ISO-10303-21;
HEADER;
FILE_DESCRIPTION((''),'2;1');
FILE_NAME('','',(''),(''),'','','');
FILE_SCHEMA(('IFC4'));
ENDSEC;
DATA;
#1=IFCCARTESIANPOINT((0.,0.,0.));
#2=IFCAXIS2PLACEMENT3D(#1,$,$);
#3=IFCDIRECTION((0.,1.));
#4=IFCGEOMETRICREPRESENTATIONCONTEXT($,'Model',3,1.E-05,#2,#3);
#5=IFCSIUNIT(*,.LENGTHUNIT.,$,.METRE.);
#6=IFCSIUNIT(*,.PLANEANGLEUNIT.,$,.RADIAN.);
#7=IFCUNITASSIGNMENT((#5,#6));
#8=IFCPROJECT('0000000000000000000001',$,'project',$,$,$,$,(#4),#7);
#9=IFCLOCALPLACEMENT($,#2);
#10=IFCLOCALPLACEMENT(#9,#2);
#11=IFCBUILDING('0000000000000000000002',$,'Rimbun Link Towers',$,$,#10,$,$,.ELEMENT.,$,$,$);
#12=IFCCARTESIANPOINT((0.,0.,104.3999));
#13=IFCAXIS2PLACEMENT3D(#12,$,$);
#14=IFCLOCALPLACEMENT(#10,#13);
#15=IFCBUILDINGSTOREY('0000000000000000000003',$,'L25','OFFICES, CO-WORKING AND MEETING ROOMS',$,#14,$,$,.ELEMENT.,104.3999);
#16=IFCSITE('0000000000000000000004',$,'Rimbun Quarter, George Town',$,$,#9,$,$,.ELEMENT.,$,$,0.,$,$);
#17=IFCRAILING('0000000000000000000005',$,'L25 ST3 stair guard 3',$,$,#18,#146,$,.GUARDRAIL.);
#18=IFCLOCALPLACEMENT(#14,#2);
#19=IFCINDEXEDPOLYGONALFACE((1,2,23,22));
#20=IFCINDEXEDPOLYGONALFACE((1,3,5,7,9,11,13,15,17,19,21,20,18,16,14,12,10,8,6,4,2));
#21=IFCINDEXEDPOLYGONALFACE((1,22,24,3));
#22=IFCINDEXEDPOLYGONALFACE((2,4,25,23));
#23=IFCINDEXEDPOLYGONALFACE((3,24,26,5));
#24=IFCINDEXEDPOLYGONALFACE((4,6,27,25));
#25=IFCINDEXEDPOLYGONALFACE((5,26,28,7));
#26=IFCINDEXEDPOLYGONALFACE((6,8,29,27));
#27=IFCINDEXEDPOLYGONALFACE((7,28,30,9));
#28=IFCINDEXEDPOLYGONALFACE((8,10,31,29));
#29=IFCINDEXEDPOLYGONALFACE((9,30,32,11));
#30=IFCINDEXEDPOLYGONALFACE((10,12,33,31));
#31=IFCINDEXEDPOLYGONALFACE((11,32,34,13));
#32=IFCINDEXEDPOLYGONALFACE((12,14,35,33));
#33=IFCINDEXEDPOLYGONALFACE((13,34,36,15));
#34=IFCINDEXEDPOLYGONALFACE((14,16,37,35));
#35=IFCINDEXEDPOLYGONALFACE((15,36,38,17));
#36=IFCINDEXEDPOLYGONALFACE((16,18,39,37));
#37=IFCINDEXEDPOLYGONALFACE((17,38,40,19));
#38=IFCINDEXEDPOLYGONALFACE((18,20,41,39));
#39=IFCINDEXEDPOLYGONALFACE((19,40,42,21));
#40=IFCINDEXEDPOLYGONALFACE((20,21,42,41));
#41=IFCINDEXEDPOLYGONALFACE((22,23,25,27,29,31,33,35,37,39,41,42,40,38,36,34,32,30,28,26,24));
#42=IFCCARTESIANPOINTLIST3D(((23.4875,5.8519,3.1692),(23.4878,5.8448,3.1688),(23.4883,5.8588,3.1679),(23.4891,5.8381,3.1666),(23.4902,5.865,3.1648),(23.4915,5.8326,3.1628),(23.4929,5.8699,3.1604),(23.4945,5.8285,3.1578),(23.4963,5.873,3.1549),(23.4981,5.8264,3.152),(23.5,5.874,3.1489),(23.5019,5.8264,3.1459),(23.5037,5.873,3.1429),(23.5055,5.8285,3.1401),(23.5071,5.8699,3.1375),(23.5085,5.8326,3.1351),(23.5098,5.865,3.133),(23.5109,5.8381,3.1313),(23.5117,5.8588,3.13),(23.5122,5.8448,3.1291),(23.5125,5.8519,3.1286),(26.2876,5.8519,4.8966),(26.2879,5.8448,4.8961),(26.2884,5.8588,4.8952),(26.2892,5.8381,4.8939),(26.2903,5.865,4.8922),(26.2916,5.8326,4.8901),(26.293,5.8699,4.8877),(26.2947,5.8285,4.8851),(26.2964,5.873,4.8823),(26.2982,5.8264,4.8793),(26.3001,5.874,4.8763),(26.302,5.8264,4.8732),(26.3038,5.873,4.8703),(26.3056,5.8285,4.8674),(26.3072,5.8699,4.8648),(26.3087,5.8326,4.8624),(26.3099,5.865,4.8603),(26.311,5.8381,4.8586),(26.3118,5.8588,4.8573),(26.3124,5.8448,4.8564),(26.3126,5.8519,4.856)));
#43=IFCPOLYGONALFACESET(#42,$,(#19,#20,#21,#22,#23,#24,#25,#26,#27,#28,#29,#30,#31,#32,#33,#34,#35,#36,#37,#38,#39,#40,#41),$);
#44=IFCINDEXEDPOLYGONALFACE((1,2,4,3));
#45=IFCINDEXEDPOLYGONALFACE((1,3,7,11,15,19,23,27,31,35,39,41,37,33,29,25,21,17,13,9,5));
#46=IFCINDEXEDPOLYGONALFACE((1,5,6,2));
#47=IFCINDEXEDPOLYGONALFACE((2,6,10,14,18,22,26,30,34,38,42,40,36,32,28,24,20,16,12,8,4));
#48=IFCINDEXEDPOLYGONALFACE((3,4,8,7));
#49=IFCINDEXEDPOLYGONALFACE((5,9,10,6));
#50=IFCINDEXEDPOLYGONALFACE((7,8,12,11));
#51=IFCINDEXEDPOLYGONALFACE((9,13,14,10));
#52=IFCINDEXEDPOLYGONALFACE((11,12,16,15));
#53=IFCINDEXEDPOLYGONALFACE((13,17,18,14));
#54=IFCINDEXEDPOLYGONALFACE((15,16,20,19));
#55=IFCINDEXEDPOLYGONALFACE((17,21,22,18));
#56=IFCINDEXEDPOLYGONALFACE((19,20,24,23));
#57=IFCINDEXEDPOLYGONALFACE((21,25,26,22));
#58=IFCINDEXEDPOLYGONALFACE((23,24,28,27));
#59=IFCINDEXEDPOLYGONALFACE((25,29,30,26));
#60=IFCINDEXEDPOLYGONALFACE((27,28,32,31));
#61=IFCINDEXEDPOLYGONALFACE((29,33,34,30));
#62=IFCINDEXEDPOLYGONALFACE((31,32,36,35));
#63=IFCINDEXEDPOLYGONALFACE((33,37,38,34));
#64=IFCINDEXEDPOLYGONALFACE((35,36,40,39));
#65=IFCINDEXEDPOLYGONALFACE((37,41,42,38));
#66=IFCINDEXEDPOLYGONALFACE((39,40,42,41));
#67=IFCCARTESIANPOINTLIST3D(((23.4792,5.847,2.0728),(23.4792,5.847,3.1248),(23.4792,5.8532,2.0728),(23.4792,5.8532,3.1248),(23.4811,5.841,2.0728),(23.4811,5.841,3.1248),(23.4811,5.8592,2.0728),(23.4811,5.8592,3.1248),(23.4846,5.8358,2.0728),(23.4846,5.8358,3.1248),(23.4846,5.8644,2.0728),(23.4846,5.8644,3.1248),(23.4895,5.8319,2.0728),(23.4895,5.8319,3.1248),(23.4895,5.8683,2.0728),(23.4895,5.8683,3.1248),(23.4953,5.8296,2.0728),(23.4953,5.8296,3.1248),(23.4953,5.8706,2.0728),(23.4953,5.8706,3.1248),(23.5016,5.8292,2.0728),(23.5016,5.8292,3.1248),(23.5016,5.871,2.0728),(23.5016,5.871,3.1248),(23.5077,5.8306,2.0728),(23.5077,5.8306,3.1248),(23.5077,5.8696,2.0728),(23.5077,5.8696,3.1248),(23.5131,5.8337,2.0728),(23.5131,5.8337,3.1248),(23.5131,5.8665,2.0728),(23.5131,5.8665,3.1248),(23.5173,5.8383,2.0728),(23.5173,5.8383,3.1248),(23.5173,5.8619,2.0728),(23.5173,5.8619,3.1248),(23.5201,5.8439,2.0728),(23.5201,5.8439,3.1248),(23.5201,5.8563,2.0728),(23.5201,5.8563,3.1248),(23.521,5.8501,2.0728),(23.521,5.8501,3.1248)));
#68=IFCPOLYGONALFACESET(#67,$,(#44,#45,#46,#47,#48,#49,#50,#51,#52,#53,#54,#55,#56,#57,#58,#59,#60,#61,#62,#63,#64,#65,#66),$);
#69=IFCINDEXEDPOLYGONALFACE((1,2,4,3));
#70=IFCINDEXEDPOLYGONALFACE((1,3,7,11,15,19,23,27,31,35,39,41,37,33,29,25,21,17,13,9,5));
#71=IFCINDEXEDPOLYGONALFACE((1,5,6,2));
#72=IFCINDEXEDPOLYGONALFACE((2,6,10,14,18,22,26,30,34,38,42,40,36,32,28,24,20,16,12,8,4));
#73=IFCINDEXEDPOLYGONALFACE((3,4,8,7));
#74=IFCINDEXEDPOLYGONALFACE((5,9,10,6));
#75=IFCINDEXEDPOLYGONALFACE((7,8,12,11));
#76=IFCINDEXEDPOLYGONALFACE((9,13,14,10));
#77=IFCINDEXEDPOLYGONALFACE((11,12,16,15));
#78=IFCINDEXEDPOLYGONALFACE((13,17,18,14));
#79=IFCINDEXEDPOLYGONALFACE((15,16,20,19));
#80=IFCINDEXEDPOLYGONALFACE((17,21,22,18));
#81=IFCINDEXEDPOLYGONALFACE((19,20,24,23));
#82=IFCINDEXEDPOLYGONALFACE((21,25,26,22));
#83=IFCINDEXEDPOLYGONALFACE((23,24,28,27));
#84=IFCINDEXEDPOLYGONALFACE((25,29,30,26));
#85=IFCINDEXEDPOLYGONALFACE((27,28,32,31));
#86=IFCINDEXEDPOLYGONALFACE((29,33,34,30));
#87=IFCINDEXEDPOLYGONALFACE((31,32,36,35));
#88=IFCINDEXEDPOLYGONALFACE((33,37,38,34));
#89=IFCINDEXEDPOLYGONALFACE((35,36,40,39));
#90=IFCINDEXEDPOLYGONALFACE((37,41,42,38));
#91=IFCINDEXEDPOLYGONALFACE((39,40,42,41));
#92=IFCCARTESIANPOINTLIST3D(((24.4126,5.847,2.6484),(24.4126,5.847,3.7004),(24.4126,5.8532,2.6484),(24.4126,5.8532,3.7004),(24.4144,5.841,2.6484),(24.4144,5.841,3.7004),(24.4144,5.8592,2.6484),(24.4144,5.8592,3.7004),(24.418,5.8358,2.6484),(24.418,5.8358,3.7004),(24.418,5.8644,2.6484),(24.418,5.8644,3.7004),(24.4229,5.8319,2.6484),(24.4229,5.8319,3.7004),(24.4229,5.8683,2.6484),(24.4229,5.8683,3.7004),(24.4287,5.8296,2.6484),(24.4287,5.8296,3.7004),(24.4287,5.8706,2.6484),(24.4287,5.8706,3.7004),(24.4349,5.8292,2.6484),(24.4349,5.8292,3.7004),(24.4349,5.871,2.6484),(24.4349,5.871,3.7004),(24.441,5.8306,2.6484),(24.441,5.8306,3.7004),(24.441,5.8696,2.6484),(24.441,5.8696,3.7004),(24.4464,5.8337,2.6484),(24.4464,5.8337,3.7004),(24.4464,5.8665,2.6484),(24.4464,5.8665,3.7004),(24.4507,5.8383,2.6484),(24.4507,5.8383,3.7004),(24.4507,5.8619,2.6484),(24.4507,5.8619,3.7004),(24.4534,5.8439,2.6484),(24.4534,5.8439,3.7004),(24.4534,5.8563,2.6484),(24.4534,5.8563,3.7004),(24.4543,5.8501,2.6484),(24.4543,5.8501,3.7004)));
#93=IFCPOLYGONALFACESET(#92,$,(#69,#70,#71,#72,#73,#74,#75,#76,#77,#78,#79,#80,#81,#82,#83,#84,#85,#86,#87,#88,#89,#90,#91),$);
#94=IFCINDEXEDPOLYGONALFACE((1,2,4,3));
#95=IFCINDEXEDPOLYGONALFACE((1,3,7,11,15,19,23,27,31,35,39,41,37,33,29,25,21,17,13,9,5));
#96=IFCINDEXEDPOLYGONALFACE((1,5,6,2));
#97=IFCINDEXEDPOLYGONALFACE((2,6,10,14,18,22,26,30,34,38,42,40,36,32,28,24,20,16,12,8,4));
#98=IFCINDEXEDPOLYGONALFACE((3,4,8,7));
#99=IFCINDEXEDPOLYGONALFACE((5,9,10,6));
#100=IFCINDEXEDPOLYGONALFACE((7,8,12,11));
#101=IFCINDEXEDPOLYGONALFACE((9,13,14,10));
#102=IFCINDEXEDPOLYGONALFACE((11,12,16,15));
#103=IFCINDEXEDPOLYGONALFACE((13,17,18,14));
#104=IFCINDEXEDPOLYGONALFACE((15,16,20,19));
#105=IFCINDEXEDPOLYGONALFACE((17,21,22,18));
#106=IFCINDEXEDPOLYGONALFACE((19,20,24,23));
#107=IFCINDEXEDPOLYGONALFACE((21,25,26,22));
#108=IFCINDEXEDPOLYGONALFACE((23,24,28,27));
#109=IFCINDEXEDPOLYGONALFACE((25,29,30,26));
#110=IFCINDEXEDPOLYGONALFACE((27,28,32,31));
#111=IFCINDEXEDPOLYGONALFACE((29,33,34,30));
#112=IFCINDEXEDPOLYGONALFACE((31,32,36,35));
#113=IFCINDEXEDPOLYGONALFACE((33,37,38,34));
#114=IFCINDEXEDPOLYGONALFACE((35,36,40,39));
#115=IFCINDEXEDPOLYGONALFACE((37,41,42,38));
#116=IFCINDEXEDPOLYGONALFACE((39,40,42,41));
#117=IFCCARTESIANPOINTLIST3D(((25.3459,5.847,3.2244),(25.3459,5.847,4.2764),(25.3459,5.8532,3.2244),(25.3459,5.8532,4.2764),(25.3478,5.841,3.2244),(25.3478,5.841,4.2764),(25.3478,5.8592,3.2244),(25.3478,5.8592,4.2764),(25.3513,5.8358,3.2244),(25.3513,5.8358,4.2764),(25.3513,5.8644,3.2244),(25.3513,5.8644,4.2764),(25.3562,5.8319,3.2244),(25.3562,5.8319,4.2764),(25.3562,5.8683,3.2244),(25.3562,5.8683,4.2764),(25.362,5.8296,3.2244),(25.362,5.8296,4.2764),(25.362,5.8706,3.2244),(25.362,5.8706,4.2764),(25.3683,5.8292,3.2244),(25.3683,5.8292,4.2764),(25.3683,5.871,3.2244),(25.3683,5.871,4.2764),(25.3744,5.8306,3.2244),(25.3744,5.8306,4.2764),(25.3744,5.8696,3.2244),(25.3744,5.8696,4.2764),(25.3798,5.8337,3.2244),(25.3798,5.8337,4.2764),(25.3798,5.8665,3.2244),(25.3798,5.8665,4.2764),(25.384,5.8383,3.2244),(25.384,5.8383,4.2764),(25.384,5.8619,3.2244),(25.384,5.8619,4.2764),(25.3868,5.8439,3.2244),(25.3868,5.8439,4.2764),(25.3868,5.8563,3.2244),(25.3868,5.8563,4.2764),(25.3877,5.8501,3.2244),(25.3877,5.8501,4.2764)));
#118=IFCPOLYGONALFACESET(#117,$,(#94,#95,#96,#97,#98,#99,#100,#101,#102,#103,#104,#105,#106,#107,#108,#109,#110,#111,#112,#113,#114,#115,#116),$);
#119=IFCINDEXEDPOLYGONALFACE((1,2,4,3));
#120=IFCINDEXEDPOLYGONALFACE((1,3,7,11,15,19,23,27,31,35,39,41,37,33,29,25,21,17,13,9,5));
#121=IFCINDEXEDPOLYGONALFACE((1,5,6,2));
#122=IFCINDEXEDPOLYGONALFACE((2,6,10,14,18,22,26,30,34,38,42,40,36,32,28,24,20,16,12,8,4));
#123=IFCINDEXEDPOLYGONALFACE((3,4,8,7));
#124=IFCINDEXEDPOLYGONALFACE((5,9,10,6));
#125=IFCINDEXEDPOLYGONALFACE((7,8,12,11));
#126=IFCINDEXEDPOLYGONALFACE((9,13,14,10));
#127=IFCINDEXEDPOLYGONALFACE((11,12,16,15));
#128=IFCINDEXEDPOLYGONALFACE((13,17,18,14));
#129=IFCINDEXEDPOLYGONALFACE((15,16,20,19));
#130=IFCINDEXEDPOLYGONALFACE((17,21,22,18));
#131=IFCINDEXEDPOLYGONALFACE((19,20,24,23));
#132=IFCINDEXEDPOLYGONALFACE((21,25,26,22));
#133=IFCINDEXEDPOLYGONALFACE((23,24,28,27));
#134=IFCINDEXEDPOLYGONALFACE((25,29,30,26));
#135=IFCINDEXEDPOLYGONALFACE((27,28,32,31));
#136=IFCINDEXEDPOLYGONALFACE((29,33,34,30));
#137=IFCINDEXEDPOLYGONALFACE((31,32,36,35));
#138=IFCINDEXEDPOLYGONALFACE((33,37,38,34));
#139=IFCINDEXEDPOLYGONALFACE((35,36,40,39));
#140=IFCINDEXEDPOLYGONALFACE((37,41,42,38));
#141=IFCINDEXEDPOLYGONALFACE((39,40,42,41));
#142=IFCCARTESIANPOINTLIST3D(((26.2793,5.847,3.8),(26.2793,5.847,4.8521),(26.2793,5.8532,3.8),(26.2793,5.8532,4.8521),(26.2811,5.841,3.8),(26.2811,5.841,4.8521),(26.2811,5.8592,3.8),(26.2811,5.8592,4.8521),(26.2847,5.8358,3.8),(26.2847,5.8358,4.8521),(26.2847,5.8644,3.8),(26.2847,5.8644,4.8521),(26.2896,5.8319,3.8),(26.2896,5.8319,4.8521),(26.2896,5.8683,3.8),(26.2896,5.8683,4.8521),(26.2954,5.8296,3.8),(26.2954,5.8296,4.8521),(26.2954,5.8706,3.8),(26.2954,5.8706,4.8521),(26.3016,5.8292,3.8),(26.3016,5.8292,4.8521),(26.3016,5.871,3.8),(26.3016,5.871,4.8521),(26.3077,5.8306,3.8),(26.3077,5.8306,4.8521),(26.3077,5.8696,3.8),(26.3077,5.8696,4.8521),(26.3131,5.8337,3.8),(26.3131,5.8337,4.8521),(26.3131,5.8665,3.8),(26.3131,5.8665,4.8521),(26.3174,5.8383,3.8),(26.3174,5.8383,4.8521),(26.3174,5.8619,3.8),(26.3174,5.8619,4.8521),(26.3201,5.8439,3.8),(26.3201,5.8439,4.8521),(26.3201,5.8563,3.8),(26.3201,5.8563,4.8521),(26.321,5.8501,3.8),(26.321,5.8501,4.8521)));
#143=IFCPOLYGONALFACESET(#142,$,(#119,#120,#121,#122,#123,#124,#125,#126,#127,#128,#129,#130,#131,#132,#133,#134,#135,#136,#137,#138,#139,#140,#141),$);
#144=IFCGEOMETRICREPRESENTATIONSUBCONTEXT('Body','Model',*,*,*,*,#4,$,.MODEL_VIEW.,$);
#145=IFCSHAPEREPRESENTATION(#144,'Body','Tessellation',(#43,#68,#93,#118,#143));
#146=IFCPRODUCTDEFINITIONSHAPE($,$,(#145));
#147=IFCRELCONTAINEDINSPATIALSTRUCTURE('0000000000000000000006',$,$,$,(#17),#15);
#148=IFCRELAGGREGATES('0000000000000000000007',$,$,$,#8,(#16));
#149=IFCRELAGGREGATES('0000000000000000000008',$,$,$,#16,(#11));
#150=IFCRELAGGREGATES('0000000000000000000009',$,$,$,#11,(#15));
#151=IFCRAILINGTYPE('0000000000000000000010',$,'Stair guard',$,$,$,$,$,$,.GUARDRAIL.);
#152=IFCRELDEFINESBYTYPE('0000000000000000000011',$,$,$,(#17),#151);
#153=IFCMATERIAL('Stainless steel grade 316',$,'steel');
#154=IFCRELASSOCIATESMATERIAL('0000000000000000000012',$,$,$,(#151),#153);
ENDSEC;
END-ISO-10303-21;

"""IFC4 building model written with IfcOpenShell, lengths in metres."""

from ifc_helpers import new_model, si_unit, direction, frame, origin, origin_2d, place, context, subcontext, project, spatial, circle, extrude, material, type_object, element, save


model = new_model("IFC4")

# Units and contexts
model_context = context("Model", 3, precision=1e-05, world=origin(), true_north=direction((0.0, 1.0)))
body_context = subcontext(model_context, "Body", "Model", "MODEL_VIEW")
ifc_project = project(units=[si_unit("LENGTHUNIT", "METRE"), si_unit("PLANEANGLEUNIT", "RADIAN")], contexts=[model_context])

# Site, building, storey
site_placement = place(None, origin())
site = spatial("IfcSite", under=ifc_project, at=site_placement, Name="Rimbun Quarter, George Town", CompositionType="ELEMENT", RefElevation=0.0)
building_placement = place(site_placement, origin())
building = spatial("IfcBuilding", under=site, at=building_placement, Name="Rimbun Link Towers", CompositionType="ELEMENT")
storey_placement = place(building_placement, frame((0.0, 0.0, 104.3999)))
storey = spatial("IfcBuildingStorey", under=building, at=storey_placement, Name="L25", Description="OFFICES, CO-WORKING AND MEETING ROOMS", CompositionType="ELEMENT", Elevation=104.3999)

# Railing
ifc_material_1 = material(Name="Stainless steel grade 316", Category="steel")
railing_type = type_object("IfcRailingType", Name="Stair guard", PredefinedType="GUARDRAIL", material=ifc_material_1)
railing_1_placement = place(storey_placement, frame((23.5, 5.8501, 2.0728)))
element("IfcRailing", 1, at=railing_1_placement, inside=storey, type_object=railing_type, Name="L25 ST3 stair guard 3", PredefinedType="GUARDRAIL", context=body_context, shape_type="SweptSolid", body=[
    extrude(circle(Radius=0.0239, at=origin_2d()), frame((0.0, 0.0, 1.0762), z_axis=(0.85109, 0.0, 0.52502), x_axis=(0.0, 1.0, 0.0)), (0.0, 0.0, 1.0), 3.29),
    extrude(circle(Radius=0.021, at=origin_2d()), origin(), (0.0, 0.0, 1.0), 1.052),
    extrude(circle(Radius=0.021, at=origin_2d()), frame((0.9333, 0.0, 0.5757)), (0.0, 0.0, 1.0), 1.052),
    extrude(circle(Radius=0.021, at=origin_2d()), frame((1.8667, 0.0, 1.1516)), (0.0, 0.0, 1.0), 1.052),
    extrude(circle(Radius=0.021, at=origin_2d()), frame((2.8, 0.0, 1.7273)), (0.0, 0.0, 1.0), 1.052),
])

save(model, "model.ifc")
